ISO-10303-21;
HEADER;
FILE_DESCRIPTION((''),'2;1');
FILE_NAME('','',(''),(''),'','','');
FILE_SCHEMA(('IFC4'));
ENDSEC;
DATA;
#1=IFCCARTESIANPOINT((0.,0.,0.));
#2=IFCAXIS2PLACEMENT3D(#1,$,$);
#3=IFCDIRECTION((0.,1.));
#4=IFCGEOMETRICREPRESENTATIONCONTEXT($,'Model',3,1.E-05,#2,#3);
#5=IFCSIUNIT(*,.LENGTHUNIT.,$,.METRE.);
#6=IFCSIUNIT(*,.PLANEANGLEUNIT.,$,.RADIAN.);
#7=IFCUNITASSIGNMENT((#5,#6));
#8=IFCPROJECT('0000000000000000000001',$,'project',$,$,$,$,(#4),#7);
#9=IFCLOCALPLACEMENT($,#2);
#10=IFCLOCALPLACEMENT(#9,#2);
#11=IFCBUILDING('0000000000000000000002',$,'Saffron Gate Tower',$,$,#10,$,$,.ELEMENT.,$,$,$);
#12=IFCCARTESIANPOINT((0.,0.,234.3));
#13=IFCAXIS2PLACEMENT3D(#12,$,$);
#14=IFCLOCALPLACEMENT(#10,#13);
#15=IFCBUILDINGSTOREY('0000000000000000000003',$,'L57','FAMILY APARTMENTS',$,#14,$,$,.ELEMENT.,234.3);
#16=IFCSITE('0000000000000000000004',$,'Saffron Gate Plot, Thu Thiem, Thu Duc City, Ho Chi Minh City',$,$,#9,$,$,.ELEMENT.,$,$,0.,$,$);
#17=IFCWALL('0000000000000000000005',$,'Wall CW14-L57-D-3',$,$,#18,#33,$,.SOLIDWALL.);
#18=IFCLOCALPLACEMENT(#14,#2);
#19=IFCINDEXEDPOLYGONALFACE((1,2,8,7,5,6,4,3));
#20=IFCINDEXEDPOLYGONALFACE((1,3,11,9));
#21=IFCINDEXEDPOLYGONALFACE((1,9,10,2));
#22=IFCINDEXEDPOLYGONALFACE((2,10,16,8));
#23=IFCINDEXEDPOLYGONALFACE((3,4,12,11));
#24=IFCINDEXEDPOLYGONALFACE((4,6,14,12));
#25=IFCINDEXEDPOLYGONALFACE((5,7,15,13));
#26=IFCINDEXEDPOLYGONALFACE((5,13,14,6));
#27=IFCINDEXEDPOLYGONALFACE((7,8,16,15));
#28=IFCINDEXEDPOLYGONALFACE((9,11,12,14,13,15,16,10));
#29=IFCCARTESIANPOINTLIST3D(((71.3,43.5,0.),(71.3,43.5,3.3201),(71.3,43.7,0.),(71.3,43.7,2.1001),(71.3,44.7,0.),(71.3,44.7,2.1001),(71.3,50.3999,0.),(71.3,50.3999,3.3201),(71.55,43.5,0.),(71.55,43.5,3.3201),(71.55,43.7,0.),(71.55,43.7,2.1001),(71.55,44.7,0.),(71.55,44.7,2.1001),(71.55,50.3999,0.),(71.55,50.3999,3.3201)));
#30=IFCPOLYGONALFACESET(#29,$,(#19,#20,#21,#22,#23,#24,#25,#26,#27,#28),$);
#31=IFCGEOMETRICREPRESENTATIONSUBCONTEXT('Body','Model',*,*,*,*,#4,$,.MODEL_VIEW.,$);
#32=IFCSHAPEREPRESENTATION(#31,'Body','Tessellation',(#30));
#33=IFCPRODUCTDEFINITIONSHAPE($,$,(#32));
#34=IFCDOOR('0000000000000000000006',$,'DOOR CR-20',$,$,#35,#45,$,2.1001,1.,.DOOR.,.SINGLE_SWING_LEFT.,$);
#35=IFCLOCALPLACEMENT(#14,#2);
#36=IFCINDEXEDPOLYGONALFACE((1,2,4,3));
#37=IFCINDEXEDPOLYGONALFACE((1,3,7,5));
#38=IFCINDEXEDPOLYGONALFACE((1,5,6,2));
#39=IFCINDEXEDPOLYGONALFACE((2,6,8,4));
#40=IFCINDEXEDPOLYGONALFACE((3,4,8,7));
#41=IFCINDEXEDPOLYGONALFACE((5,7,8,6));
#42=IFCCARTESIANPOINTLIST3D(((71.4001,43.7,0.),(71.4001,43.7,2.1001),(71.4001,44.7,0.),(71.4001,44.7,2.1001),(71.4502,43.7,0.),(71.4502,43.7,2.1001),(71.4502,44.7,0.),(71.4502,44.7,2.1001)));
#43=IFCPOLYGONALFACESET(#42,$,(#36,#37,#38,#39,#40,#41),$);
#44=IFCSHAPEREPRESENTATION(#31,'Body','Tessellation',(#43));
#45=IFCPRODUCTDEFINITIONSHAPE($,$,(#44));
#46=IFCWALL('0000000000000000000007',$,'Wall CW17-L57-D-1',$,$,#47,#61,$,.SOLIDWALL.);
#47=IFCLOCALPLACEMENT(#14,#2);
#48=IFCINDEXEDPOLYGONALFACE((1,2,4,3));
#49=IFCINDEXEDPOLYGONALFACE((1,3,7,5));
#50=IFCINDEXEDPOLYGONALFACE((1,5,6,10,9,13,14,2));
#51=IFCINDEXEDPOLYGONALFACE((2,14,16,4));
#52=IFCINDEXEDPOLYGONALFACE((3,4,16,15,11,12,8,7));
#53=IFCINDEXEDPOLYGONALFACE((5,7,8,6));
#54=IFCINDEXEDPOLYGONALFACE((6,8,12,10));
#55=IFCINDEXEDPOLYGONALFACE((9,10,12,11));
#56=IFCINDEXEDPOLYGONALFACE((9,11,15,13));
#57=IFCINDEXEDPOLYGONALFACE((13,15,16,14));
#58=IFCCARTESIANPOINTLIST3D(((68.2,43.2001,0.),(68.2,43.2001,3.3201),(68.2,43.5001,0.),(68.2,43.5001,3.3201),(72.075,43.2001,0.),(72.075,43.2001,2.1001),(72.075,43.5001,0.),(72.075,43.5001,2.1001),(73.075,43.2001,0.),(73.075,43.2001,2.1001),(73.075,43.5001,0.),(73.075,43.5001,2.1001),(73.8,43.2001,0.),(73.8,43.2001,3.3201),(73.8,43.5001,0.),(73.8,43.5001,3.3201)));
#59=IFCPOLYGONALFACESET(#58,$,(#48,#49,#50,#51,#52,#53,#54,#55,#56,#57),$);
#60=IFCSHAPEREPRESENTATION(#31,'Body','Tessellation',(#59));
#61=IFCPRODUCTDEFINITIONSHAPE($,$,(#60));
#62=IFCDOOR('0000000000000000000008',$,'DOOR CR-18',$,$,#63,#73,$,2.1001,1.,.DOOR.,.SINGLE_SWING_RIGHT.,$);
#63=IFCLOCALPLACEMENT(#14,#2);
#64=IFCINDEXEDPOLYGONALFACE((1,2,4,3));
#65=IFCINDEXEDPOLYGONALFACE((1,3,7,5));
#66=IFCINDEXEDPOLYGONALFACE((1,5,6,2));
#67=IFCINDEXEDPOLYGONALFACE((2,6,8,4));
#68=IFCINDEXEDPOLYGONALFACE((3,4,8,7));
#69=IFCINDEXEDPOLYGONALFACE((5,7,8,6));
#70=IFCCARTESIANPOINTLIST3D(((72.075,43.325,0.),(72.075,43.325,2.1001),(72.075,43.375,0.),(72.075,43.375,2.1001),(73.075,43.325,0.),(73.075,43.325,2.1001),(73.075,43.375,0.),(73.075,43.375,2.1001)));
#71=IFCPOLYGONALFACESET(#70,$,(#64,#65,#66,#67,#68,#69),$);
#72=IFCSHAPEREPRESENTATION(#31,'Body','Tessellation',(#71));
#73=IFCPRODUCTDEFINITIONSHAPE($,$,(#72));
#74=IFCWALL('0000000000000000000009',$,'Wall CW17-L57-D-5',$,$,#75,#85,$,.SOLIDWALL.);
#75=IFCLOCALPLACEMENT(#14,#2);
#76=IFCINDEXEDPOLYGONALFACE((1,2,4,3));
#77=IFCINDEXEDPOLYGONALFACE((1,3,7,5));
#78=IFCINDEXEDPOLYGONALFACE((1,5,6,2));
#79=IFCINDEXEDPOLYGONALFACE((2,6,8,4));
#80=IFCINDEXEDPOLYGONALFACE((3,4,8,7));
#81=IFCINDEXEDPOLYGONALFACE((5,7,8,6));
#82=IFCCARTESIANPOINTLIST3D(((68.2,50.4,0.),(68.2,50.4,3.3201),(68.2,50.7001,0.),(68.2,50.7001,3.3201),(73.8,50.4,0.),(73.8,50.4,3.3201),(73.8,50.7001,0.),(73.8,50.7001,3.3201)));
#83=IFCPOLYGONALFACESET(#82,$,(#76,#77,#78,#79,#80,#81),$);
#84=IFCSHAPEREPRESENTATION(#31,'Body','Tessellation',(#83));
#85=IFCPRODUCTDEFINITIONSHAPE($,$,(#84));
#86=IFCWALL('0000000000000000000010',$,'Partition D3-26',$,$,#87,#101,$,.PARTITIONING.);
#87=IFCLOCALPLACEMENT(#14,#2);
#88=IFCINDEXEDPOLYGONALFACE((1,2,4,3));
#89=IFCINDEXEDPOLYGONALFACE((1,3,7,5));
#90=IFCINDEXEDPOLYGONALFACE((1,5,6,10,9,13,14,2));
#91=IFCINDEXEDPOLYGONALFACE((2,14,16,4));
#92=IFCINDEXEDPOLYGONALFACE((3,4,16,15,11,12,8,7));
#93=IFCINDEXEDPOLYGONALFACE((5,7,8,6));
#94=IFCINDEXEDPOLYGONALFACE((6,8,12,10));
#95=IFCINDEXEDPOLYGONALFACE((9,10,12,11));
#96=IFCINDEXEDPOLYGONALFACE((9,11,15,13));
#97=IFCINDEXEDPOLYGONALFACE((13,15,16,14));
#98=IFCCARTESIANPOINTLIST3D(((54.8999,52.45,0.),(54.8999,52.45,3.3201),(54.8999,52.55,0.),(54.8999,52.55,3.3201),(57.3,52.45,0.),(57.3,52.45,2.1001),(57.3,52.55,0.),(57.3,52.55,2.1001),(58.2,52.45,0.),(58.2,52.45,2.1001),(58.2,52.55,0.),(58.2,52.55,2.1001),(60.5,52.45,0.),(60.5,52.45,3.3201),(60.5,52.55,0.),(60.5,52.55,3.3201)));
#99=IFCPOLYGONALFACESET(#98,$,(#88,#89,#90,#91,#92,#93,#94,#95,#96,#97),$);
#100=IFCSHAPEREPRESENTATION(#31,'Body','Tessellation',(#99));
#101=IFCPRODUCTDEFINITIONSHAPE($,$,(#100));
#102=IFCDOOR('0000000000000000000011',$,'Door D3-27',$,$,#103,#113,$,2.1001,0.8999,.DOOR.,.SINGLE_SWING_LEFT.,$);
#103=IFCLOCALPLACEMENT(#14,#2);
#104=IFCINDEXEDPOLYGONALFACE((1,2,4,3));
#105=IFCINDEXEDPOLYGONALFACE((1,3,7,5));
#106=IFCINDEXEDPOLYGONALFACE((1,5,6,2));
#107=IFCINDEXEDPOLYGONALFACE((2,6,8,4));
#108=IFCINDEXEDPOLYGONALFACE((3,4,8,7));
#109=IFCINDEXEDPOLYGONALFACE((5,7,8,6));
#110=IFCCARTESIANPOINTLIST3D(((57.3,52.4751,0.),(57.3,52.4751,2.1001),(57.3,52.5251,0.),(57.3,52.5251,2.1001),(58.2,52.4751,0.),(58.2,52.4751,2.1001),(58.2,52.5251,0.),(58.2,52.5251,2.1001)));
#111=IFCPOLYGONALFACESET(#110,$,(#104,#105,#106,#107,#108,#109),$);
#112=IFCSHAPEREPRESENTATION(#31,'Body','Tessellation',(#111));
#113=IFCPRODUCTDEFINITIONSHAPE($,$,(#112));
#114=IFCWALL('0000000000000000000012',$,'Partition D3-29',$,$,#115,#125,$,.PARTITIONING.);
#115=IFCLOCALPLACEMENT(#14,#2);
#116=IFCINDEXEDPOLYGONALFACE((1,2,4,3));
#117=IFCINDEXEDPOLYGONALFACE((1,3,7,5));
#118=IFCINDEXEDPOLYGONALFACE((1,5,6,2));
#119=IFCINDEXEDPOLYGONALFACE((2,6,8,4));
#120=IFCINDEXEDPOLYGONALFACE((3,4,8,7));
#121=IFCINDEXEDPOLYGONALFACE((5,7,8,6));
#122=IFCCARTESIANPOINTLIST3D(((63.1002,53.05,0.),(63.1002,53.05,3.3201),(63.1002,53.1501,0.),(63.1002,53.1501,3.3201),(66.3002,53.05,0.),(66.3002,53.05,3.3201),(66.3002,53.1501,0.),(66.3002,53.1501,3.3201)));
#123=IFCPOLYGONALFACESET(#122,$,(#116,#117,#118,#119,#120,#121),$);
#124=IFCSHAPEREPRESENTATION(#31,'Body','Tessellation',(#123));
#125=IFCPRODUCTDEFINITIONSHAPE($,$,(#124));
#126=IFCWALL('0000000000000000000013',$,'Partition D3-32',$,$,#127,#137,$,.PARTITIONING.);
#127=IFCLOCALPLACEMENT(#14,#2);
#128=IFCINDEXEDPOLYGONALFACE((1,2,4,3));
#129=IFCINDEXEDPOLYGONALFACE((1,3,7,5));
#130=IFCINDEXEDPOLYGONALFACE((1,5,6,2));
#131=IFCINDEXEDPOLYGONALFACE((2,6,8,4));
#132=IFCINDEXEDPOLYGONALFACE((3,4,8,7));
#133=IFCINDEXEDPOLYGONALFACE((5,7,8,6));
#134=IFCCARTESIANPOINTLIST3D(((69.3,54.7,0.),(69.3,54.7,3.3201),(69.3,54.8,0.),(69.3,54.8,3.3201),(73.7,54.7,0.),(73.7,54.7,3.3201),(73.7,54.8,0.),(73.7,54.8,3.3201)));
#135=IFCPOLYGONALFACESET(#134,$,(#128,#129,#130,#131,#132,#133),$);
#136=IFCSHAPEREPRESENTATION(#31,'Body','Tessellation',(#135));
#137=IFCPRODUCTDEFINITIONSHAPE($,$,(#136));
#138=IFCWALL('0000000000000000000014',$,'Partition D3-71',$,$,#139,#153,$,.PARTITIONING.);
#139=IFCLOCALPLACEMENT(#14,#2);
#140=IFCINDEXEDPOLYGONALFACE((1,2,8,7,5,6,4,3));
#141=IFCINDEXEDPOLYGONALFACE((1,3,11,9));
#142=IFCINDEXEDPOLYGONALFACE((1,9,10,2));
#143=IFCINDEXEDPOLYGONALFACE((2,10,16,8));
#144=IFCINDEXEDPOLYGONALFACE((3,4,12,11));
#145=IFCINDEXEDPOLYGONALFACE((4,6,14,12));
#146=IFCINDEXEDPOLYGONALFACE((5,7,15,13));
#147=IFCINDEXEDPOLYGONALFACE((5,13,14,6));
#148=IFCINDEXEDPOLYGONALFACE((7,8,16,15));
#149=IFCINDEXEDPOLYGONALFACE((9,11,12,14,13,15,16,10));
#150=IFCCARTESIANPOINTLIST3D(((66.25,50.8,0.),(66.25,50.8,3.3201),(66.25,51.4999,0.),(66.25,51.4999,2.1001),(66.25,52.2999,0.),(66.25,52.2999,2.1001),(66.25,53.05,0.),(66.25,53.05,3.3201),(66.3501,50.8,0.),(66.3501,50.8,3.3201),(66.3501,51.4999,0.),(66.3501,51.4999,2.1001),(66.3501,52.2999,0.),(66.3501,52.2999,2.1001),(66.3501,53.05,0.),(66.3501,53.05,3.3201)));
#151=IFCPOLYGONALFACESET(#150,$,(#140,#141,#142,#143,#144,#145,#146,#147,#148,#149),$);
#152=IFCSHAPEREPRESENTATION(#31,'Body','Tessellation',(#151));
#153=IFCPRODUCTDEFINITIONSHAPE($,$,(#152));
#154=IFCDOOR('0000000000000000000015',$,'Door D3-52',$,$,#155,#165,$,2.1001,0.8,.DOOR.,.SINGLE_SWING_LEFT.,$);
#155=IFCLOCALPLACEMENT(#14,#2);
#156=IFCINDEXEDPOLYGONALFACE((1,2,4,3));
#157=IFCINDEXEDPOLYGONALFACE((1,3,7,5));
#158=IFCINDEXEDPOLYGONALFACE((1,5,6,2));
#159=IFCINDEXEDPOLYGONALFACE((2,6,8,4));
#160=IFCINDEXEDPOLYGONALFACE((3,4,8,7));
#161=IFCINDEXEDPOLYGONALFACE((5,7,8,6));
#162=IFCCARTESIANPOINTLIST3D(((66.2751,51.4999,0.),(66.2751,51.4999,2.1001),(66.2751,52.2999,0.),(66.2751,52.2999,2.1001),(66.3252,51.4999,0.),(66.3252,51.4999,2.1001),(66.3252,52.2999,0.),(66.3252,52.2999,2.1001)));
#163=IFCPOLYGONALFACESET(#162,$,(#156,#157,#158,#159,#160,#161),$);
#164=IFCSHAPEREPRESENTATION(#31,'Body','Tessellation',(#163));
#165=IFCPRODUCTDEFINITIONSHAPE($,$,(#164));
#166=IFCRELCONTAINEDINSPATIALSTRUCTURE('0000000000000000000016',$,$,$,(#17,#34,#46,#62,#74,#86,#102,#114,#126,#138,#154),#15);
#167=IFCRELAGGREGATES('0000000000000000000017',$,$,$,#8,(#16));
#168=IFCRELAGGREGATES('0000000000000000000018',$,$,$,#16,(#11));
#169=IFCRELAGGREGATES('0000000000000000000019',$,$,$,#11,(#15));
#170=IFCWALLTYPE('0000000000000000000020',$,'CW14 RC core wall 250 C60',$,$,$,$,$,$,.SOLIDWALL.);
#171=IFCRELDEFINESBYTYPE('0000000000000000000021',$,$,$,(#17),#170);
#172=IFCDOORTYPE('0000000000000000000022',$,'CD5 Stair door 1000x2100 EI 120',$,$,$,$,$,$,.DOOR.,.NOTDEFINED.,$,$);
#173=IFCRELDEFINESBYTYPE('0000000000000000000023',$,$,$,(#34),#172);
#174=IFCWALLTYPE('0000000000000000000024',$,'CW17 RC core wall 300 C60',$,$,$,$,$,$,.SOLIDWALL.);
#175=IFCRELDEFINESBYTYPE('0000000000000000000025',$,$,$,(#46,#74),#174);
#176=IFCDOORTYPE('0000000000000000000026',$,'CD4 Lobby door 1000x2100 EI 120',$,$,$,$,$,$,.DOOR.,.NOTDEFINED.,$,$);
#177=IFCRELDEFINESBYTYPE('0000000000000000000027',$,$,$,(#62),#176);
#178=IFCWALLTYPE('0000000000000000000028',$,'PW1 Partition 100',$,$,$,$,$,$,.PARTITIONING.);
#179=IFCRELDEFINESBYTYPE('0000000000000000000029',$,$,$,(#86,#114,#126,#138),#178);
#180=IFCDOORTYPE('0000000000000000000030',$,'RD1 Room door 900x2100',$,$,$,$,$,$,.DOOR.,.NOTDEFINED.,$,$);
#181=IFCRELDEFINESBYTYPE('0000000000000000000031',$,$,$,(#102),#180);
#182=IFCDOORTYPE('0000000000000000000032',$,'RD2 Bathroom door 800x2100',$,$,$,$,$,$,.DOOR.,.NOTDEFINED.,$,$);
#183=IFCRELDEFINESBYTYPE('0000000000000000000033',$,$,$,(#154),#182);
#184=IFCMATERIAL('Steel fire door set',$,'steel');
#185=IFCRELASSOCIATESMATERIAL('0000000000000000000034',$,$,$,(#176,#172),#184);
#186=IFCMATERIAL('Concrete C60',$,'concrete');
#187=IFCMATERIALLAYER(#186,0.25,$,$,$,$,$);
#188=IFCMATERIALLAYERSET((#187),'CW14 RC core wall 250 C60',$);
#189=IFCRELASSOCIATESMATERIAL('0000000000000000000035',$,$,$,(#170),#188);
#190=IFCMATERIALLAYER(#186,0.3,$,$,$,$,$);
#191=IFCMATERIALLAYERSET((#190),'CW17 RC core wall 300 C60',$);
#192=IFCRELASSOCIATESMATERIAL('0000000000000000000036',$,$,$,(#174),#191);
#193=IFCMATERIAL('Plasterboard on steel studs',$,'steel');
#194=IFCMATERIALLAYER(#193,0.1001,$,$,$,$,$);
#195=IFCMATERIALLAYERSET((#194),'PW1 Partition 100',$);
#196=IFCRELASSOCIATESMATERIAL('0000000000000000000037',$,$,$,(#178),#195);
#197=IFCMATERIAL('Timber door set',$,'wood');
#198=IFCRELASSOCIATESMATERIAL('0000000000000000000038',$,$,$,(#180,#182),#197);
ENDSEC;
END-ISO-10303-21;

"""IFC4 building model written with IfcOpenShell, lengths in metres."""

from ifc_helpers import new_model, si_unit, direction, frame, frame_2d, origin, place, context, subcontext, project, spatial, rectangle, extrude, material, layer, layer_set, type_object, element, fill, save


model = new_model("IFC4")

# Units and contexts
model_context = context("Model", 3, precision=1e-05, world=origin(), true_north=direction((0.0, 1.0)))
body_context = subcontext(model_context, "Body", "Model", "MODEL_VIEW")
ifc_project = project(units=[si_unit("LENGTHUNIT", "METRE"), si_unit("PLANEANGLEUNIT", "RADIAN")], contexts=[model_context])

# Site, building, storey
site_placement = place(None, origin())
site = spatial("IfcSite", under=ifc_project, at=site_placement, Name="Saffron Gate Plot, Thu Thiem, Thu Duc City, Ho Chi Minh City", CompositionType="ELEMENT", RefElevation=0.0)
building_placement = place(site_placement, origin())
building = spatial("IfcBuilding", under=site, at=building_placement, Name="Saffron Gate Tower", CompositionType="ELEMENT")
storey_placement = place(building_placement, frame((0.0, 0.0, 234.3)))
storey = spatial("IfcBuildingStorey", under=building, at=storey_placement, Name="L57", Description="FAMILY APARTMENTS", CompositionType="ELEMENT", Elevation=234.3)

# Shared definitions
ifc_material_1 = material(Name="Steel fire door set", Category="steel")
door_type_1 = type_object("IfcDoorType", Name="CD4 Lobby door 1000x2100 EI 120", OperationType="NOTDEFINED", PredefinedType="DOOR", material=ifc_material_1)

# Shared definitions
ifc_material_2 = material(Name="Concrete C60", Category="concrete")
ifc_layer_1 = layer(ifc_material_2, 0.25)
ifc_layer_set_1 = layer_set([ifc_layer_1], Name="CW14 RC core wall 250 C60")
wall_type_1 = type_object("IfcWallType", Name="CW14 RC core wall 250 C60", PredefinedType="SOLIDWALL", material=ifc_layer_set_1)

# Walls, openings, doors
wall_1_placement = place(storey_placement, frame((71.425, 43.5, 0.0), z_axis=(0.0, 0.0, 1.0), x_axis=(0.0, 1.0, 0.0)))
wall_1 = element("IfcWall", 1, at=wall_1_placement, inside=storey, type_object=wall_type_1, Name="Wall CW14-L57-D-3", PredefinedType="SOLIDWALL", context=body_context, shape_type="SweptSolid", body=[
    extrude(rectangle(XDim=6.8999, YDim=0.25, at=frame_2d((3.45, 0.0))), origin(), (0.0, 0.0, 1.0), 3.3201),
])
opening_1_placement = place(wall_1_placement, frame((0.2, 0.0, 0.0)))
opening_1 = element("IfcOpeningElement", 2, at=opening_1_placement, cuts=wall_1, PredefinedType="OPENING", context=body_context, shape_type="SweptSolid", body=[
    extrude(rectangle(XDim=1.0, YDim=2.1001, at=frame_2d((0.5, 1.05))), frame((0.0, 0.135, 0.0), z_axis=(0.0, -1.0, 0.0), x_axis=(1.0, 0.0, 0.0)), (0.0, 0.0, 1.0), 0.27),
])
door_type_2 = type_object("IfcDoorType", Name="CD5 Stair door 1000x2100 EI 120", OperationType="NOTDEFINED", PredefinedType="DOOR", material=ifc_material_1)
door_1_placement = place(opening_1_placement, origin())
door_1 = element("IfcDoor", 3, at=door_1_placement, inside=storey, type_object=door_type_2, Name="DOOR CR-20", OperationType="SINGLE_SWING_LEFT", OverallHeight=2.1001, OverallWidth=1.0, PredefinedType="DOOR", context=body_context, shape_type="SweptSolid", body=[
    extrude(rectangle(XDim=1.0, YDim=2.1001, at=frame_2d((0.5, 1.05))), frame((0.0, 0.0249, 0.0), z_axis=(0.0, -1.0, 0.0), x_axis=(1.0, 0.0, 0.0)), (0.0, 0.0, 1.0), 0.05),
])
fill(opening_1, door_1)
ifc_layer_2 = layer(ifc_material_2, 0.3)
ifc_layer_set_2 = layer_set([ifc_layer_2], Name="CW17 RC core wall 300 C60")
wall_type_2 = type_object("IfcWallType", Name="CW17 RC core wall 300 C60", PredefinedType="SOLIDWALL", material=ifc_layer_set_2)
wall_2_placement = place(storey_placement, frame((68.2, 43.3501, 0.0), z_axis=(0.0, 0.0, 1.0), x_axis=(1.0, 0.0, 0.0)))
wall_2 = element("IfcWall", 4, at=wall_2_placement, inside=storey, type_object=wall_type_2, Name="Wall CW17-L57-D-1", PredefinedType="SOLIDWALL", context=body_context, shape_type="SweptSolid", body=[
    extrude(rectangle(XDim=5.6001, YDim=0.3, at=frame_2d((2.8, 0.0))), origin(), (0.0, 0.0, 1.0), 3.3201),
])
opening_2_placement = place(wall_2_placement, frame((3.875, 0.0, 0.0)))
opening_2 = element("IfcOpeningElement", 5, at=opening_2_placement, cuts=wall_2, PredefinedType="OPENING", context=body_context, shape_type="SweptSolid", body=[
    extrude(rectangle(XDim=1.0, YDim=2.1001, at=frame_2d((0.5, 1.05))), frame((0.0, 0.1602, 0.0), z_axis=(0.0, -1.0, 0.0), x_axis=(1.0, 0.0, 0.0)), (0.0, 0.0, 1.0), 0.3201),
])
door_2_placement = place(opening_2_placement, origin())
door_2 = element("IfcDoor", 6, at=door_2_placement, inside=storey, type_object=door_type_1, Name="DOOR CR-18", OperationType="SINGLE_SWING_RIGHT", OverallHeight=2.1001, OverallWidth=1.0, PredefinedType="DOOR", context=body_context, shape_type="SweptSolid", body=[
    extrude(rectangle(XDim=1.0, YDim=2.1001, at=frame_2d((0.5, 1.05))), frame((0.0, 0.0249, 0.0), z_axis=(0.0, -1.0, 0.0), x_axis=(1.0, 0.0, 0.0)), (0.0, 0.0, 1.0), 0.05),
])
fill(opening_2, door_2)

# Wall
wall_3_placement = place(storey_placement, frame((68.2, 50.55, 0.0), z_axis=(0.0, 0.0, 1.0), x_axis=(1.0, 0.0, 0.0)))
element("IfcWall", 7, at=wall_3_placement, inside=storey, type_object=wall_type_2, Name="Wall CW17-L57-D-5", PredefinedType="SOLIDWALL", context=body_context, shape_type="SweptSolid", body=[
    extrude(rectangle(XDim=5.6001, YDim=0.3, at=frame_2d((2.8, 0.0))), origin(), (0.0, 0.0, 1.0), 3.3201),
])

# Wall, opening, door
ifc_material_3 = material(Name="Plasterboard on steel studs", Category="steel")
ifc_layer_3 = layer(ifc_material_3, 0.1001)
ifc_layer_set_3 = layer_set([ifc_layer_3], Name="PW1 Partition 100")
wall_type_3 = type_object("IfcWallType", Name="PW1 Partition 100", PredefinedType="PARTITIONING", material=ifc_layer_set_3)
wall_4_placement = place(storey_placement, frame((60.5, 52.5, 0.0), z_axis=(0.0, 0.0, 1.0), x_axis=(-1.0, 0.0, 0.0)))
wall_4 = element("IfcWall", 8, at=wall_4_placement, inside=storey, type_object=wall_type_3, Name="Partition D3-26", PredefinedType="PARTITIONING", context=body_context, shape_type="SweptSolid", body=[
    extrude(rectangle(XDim=5.6001, YDim=0.1001, at=frame_2d((2.8, 0.0))), origin(), (0.0, 0.0, 1.0), 3.3201),
])
opening_3_placement = place(wall_4_placement, frame((2.3, 0.0, 0.0)))
opening_3 = element("IfcOpeningElement", 9, at=opening_3_placement, cuts=wall_4, PredefinedType="OPENING", context=body_context, shape_type="SweptSolid", body=[
    extrude(rectangle(XDim=0.8999, YDim=2.1001, at=frame_2d((0.45, 1.05))), frame((0.0, 0.0601, 0.0), z_axis=(0.0, -1.0, 0.0), x_axis=(1.0, 0.0, 0.0)), (0.0, 0.0, 1.0), 0.1201),
])
ifc_material_4 = material(Name="Timber door set", Category="wood")
door_type_3 = type_object("IfcDoorType", Name="RD1 Room door 900x2100", OperationType="NOTDEFINED", PredefinedType="DOOR", material=ifc_material_4)
door_3_placement = place(opening_3_placement, origin())
door_3 = element("IfcDoor", 10, at=door_3_placement, inside=storey, type_object=door_type_3, Name="Door D3-27", OperationType="SINGLE_SWING_LEFT", OverallHeight=2.1001, OverallWidth=0.8999, PredefinedType="DOOR", context=body_context, shape_type="SweptSolid", body=[
    extrude(rectangle(XDim=0.8999, YDim=2.1001, at=frame_2d((0.45, 1.05))), frame((0.0, 0.0249, 0.0), z_axis=(0.0, -1.0, 0.0), x_axis=(1.0, 0.0, 0.0)), (0.0, 0.0, 1.0), 0.05),
])
fill(opening_3, door_3)

# Walls
wall_5_placement = place(storey_placement, frame((63.1001, 53.1001, 0.0), z_axis=(0.0, 0.0, 1.0), x_axis=(1.0, 0.0, 0.0)))
element("IfcWall", 11, at=wall_5_placement, inside=storey, type_object=wall_type_3, Name="Partition D3-29", PredefinedType="PARTITIONING", context=body_context, shape_type="SweptSolid", body=[
    extrude(rectangle(XDim=3.2, YDim=0.1001, at=frame_2d((1.6001, 0.0))), origin(), (0.0, 0.0, 1.0), 3.3201),
])
wall_6_placement = place(storey_placement, frame((69.3, 54.75, 0.0), z_axis=(0.0, 0.0, 1.0), x_axis=(1.0, 0.0, 0.0)))
element("IfcWall", 12, at=wall_6_placement, inside=storey, type_object=wall_type_3, Name="Partition D3-32", PredefinedType="PARTITIONING", context=body_context, shape_type="SweptSolid", body=[
    extrude(rectangle(XDim=4.3999, YDim=0.1001, at=frame_2d((2.2, 0.0))), origin(), (0.0, 0.0, 1.0), 3.3201),
])

# Wall, opening, door
wall_7_placement = place(storey_placement, frame((66.3, 50.8, 0.0), z_axis=(0.0, 0.0, 1.0), x_axis=(0.0, 1.0, 0.0)))
wall_7 = element("IfcWall", 13, at=wall_7_placement, inside=storey, type_object=wall_type_3, Name="Partition D3-71", PredefinedType="PARTITIONING", context=body_context, shape_type="SweptSolid", body=[
    extrude(rectangle(XDim=2.25, YDim=0.1001, at=frame_2d((1.125, 0.0))), origin(), (0.0, 0.0, 1.0), 3.3201),
])
opening_4_placement = place(wall_7_placement, frame((0.7, 0.0, 0.0)))
opening_4 = element("IfcOpeningElement", 14, at=opening_4_placement, cuts=wall_7, PredefinedType="OPENING", context=body_context, shape_type="SweptSolid", body=[
    extrude(rectangle(XDim=0.8, YDim=2.1001, at=frame_2d((0.3999, 1.05))), frame((0.0, 0.0601, 0.0), z_axis=(0.0, -1.0, 0.0), x_axis=(1.0, 0.0, 0.0)), (0.0, 0.0, 1.0), 0.1201),
])
door_type_4 = type_object("IfcDoorType", Name="RD2 Bathroom door 800x2100", OperationType="NOTDEFINED", PredefinedType="DOOR", material=ifc_material_4)
door_4_placement = place(opening_4_placement, origin())
door_4 = element("IfcDoor", 15, at=door_4_placement, inside=storey, type_object=door_type_4, Name="Door D3-52", OperationType="SINGLE_SWING_LEFT", OverallHeight=2.1001, OverallWidth=0.8, PredefinedType="DOOR", context=body_context, shape_type="SweptSolid", body=[
    extrude(rectangle(XDim=0.8, YDim=2.1001, at=frame_2d((0.3999, 1.05))), frame((0.0, 0.0249, 0.0), z_axis=(0.0, -1.0, 0.0), x_axis=(1.0, 0.0, 0.0)), (0.0, 0.0, 1.0), 0.05),
])
fill(opening_4, door_4)

save(model, "model.ifc")
